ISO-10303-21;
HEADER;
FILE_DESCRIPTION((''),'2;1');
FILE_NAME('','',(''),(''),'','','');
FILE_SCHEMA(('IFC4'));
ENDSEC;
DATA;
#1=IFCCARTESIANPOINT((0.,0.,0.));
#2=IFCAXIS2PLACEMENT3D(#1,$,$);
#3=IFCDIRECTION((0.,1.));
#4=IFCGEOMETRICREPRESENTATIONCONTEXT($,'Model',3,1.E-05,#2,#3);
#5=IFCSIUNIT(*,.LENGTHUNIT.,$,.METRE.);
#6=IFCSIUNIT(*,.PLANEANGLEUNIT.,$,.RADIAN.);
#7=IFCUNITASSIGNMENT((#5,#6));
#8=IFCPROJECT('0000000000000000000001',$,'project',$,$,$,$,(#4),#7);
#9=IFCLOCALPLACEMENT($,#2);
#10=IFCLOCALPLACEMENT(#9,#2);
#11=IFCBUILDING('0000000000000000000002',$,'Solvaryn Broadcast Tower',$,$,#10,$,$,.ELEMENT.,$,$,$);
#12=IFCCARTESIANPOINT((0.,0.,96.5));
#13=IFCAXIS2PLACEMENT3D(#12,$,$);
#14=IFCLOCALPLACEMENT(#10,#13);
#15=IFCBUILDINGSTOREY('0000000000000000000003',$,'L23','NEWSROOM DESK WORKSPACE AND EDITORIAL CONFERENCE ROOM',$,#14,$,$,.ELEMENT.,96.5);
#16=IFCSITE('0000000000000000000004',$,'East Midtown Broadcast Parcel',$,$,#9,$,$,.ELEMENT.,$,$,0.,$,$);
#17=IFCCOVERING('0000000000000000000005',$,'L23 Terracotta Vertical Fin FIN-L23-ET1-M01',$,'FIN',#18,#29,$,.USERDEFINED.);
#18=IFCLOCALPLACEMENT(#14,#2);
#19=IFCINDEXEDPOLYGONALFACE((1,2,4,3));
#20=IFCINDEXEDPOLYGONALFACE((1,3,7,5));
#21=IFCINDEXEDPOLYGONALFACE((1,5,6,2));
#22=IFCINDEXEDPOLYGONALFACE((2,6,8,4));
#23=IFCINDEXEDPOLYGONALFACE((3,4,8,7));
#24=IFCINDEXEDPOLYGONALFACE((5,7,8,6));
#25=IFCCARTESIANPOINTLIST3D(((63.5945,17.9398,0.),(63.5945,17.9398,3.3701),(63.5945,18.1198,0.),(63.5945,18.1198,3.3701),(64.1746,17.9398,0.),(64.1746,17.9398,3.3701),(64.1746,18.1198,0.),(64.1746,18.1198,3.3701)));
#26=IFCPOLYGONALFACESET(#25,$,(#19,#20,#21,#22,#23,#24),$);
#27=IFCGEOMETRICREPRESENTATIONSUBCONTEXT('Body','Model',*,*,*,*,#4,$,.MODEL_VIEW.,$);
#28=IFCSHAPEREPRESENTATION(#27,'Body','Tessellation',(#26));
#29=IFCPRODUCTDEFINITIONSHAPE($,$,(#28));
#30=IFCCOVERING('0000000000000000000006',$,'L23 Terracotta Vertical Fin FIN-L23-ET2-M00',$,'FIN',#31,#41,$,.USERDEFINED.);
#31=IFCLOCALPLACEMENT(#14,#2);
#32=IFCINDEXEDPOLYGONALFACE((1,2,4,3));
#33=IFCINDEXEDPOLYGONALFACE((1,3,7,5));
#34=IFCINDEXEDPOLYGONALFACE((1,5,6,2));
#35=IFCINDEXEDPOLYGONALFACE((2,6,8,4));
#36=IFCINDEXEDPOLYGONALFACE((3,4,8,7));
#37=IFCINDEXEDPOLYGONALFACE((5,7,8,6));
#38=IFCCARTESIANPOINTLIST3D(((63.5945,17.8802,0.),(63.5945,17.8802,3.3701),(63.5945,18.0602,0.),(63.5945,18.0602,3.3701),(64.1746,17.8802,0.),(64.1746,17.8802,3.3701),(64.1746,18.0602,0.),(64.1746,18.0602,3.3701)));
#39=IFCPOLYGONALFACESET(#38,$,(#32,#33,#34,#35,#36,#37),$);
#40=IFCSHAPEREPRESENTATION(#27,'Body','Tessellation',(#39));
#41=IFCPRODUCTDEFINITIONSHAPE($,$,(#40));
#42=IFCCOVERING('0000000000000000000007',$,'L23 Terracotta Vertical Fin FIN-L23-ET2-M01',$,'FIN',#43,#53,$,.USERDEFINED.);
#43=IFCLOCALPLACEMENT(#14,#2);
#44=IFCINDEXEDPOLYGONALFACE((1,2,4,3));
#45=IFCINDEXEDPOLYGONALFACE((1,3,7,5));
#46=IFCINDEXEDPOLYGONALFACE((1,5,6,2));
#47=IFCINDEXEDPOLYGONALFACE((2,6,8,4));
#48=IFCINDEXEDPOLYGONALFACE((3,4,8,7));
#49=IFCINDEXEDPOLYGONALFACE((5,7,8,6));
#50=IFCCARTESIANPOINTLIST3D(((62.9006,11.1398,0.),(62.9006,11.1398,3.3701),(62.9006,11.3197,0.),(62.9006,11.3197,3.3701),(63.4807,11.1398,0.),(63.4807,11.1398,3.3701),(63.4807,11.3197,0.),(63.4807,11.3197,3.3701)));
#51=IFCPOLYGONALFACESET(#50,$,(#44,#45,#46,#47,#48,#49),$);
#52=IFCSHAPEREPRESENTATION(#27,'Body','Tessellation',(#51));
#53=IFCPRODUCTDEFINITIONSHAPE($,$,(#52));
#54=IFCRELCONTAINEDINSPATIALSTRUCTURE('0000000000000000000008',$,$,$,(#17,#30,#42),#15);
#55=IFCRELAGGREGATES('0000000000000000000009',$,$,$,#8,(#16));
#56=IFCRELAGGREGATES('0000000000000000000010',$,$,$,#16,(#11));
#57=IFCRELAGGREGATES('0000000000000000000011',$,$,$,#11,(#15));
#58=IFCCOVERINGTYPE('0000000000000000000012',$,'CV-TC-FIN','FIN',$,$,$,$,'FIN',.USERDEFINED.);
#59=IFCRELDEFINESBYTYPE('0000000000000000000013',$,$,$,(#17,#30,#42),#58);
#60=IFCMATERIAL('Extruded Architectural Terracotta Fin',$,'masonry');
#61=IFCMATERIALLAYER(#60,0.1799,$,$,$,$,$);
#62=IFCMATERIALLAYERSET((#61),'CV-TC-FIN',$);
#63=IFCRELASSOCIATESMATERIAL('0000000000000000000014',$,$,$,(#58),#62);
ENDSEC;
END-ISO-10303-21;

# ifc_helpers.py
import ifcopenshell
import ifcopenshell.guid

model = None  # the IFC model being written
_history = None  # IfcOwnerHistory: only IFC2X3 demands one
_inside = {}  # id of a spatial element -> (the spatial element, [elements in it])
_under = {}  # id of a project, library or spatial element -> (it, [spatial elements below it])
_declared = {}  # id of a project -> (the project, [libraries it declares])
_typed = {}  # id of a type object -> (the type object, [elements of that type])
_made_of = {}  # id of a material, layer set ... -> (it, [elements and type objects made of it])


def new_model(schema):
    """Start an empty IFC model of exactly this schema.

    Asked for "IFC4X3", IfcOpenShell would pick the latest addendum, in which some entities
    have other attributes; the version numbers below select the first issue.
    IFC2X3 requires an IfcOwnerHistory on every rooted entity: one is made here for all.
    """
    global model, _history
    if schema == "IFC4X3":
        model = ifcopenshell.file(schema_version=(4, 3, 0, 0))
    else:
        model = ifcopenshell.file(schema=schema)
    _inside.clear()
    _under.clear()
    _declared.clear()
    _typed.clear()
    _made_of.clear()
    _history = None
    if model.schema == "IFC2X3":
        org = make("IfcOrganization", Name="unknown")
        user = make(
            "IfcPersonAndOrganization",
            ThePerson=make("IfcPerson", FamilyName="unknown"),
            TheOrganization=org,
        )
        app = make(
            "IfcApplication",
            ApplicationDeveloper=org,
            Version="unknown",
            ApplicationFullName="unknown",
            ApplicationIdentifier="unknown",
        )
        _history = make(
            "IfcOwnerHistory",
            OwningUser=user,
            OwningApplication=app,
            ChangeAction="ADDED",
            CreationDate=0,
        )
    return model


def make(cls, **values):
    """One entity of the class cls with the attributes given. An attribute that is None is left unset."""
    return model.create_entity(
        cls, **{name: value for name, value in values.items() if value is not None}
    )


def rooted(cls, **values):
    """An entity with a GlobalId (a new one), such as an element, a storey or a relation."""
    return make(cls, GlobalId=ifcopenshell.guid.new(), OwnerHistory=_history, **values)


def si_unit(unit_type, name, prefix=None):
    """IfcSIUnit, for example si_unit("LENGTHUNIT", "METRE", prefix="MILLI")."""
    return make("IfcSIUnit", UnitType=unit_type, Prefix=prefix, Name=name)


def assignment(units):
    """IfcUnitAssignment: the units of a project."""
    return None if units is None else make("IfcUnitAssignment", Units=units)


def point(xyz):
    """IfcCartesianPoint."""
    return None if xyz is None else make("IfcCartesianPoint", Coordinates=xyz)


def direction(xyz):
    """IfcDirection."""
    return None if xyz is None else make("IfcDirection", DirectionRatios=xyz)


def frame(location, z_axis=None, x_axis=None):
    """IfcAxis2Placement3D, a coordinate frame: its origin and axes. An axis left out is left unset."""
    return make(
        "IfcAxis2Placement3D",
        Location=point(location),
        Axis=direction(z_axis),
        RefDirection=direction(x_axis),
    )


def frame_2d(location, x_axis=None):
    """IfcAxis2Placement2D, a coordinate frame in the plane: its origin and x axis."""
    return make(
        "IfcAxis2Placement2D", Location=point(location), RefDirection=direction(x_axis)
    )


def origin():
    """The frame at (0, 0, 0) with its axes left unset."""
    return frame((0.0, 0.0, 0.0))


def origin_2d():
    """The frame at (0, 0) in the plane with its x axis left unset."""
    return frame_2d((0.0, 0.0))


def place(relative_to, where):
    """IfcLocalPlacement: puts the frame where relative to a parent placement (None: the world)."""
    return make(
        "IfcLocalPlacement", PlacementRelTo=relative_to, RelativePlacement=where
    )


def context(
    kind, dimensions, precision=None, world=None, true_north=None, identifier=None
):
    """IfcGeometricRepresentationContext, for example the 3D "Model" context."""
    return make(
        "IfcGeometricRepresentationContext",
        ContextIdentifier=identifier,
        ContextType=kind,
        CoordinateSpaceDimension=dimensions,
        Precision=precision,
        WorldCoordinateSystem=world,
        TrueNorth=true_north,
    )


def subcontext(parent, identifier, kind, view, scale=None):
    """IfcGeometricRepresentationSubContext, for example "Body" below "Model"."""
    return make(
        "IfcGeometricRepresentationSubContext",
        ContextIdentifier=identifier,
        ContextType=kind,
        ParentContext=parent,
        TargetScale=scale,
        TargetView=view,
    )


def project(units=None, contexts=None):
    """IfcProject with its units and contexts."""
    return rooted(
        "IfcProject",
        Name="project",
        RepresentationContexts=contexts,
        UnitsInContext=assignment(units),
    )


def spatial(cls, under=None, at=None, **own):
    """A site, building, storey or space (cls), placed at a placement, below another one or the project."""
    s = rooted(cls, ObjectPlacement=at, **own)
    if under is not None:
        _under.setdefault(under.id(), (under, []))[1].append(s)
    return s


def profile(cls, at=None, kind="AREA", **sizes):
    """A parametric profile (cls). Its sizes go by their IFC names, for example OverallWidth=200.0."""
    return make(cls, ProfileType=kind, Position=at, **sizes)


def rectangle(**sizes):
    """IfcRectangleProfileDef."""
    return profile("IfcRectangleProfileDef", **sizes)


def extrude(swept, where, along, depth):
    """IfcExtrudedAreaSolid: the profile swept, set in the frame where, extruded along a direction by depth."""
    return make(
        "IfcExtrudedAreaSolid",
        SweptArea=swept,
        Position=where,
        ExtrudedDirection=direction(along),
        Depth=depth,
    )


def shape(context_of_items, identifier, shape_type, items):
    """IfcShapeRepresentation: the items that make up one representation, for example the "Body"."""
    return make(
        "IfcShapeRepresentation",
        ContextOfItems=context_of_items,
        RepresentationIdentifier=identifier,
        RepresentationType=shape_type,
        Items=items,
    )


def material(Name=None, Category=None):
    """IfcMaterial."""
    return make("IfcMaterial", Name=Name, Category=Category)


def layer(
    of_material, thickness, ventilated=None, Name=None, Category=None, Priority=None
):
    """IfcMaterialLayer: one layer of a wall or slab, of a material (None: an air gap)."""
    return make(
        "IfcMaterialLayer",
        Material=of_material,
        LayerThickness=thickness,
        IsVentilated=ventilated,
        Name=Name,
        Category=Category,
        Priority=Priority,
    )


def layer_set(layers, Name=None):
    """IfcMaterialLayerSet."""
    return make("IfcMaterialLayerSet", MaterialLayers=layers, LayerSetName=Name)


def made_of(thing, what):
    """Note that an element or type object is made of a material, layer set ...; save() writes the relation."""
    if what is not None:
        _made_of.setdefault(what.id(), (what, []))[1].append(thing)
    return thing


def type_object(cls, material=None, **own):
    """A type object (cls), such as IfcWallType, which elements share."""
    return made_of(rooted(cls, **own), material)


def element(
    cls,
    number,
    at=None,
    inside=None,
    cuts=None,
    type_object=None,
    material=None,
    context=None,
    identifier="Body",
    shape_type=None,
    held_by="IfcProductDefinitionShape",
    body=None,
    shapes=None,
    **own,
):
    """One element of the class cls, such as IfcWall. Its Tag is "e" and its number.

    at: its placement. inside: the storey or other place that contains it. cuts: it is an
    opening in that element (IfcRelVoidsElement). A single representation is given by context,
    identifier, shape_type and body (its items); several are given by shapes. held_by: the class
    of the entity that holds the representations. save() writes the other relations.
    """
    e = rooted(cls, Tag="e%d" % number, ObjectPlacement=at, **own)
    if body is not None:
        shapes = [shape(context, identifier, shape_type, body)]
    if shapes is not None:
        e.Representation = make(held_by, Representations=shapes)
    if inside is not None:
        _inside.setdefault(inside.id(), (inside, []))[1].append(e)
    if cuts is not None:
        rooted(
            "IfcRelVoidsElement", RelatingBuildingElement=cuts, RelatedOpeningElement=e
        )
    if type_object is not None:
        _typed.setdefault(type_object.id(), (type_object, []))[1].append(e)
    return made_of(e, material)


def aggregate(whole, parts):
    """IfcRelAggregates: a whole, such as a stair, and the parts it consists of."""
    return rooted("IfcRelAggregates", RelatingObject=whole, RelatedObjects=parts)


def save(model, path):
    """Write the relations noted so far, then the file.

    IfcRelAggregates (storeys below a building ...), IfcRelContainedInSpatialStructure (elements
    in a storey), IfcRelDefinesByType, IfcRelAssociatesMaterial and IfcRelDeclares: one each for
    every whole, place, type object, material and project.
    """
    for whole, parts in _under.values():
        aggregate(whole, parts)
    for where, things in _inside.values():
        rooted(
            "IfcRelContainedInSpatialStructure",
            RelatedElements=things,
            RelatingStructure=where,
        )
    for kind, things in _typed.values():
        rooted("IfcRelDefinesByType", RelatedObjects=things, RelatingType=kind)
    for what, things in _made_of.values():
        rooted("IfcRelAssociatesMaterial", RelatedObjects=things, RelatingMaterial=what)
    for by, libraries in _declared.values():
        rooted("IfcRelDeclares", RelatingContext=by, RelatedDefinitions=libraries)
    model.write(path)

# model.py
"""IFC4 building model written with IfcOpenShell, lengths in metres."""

from ifc_helpers import new_model, si_unit, direction, frame, origin, origin_2d, place, context, subcontext, project, spatial, rectangle, extrude, material, layer, layer_set, type_object, element, save


model = new_model("IFC4")

# Units and contexts
model_context = context("Model", 3, precision=1e-05, world=origin(), true_north=direction((0.0, 1.0)))
body_context = subcontext(model_context, "Body", "Model", "MODEL_VIEW")
ifc_project = project(units=[si_unit("LENGTHUNIT", "METRE"), si_unit("PLANEANGLEUNIT", "RADIAN")], contexts=[model_context])

# Site, building, storey
site_placement = place(None, origin())
site = spatial("IfcSite", under=ifc_project, at=site_placement, Name="East Midtown Broadcast Parcel", CompositionType="ELEMENT", RefElevation=0.0)
building_placement = place(site_placement, origin())
building = spatial("IfcBuilding", under=site, at=building_placement, Name="Solvaryn Broadcast Tower", CompositionType="ELEMENT")
storey_placement = place(building_placement, frame((0.0, 0.0, 96.5)))
storey = spatial("IfcBuildingStorey", under=building, at=storey_placement, Name="L23", Description="NEWSROOM DESK WORKSPACE AND EDITORIAL CONFERENCE ROOM", CompositionType="ELEMENT", Elevation=96.5)

# Coverings
ifc_material_1 = material(Name="Extruded Architectural Terracotta Fin", Category="masonry")
ifc_layer_1 = layer(ifc_material_1, 0.1799)
ifc_layer_set_1 = layer_set([ifc_layer_1], Name="CV-TC-FIN")
covering_type_1 = type_object("IfcCoveringType", Name="CV-TC-FIN", Description="FIN", ElementType="FIN", PredefinedType="USERDEFINED", material=ifc_layer_set_1)
for number, where, z_axis, x_axis, name in (
    (1, (63.8845, 18.0298, 0.0), (0.0, 0.0, 1.0), (1.0, 0.0, 0.0), "L23 Terracotta Vertical Fin FIN-L23-ET1-M01"),
    (2, (63.8845, 17.9702, 0.0), (0.0, 0.0, 1.0), (1.0, 0.0, 0.0), "L23 Terracotta Vertical Fin FIN-L23-ET2-M00"),
    (3, (63.1907, 11.2297, 0.0), (0.0, 0.0, 1.0), (1.0, 0.0, 0.0), "L23 Terracotta Vertical Fin FIN-L23-ET2-M01"),
):
    element("IfcCovering", number, at=place(storey_placement, frame(where, z_axis=z_axis, x_axis=x_axis)), inside=storey, type_object=covering_type_1, Name=name, ObjectType="FIN", PredefinedType="USERDEFINED", context=body_context, shape_type="SweptSolid", body=[
        extrude(rectangle(XDim=0.5801, YDim=0.1799, at=origin_2d()), origin(), (0.0, 0.0, 1.0), 3.3701),
    ])

save(model, "model.ifc")
